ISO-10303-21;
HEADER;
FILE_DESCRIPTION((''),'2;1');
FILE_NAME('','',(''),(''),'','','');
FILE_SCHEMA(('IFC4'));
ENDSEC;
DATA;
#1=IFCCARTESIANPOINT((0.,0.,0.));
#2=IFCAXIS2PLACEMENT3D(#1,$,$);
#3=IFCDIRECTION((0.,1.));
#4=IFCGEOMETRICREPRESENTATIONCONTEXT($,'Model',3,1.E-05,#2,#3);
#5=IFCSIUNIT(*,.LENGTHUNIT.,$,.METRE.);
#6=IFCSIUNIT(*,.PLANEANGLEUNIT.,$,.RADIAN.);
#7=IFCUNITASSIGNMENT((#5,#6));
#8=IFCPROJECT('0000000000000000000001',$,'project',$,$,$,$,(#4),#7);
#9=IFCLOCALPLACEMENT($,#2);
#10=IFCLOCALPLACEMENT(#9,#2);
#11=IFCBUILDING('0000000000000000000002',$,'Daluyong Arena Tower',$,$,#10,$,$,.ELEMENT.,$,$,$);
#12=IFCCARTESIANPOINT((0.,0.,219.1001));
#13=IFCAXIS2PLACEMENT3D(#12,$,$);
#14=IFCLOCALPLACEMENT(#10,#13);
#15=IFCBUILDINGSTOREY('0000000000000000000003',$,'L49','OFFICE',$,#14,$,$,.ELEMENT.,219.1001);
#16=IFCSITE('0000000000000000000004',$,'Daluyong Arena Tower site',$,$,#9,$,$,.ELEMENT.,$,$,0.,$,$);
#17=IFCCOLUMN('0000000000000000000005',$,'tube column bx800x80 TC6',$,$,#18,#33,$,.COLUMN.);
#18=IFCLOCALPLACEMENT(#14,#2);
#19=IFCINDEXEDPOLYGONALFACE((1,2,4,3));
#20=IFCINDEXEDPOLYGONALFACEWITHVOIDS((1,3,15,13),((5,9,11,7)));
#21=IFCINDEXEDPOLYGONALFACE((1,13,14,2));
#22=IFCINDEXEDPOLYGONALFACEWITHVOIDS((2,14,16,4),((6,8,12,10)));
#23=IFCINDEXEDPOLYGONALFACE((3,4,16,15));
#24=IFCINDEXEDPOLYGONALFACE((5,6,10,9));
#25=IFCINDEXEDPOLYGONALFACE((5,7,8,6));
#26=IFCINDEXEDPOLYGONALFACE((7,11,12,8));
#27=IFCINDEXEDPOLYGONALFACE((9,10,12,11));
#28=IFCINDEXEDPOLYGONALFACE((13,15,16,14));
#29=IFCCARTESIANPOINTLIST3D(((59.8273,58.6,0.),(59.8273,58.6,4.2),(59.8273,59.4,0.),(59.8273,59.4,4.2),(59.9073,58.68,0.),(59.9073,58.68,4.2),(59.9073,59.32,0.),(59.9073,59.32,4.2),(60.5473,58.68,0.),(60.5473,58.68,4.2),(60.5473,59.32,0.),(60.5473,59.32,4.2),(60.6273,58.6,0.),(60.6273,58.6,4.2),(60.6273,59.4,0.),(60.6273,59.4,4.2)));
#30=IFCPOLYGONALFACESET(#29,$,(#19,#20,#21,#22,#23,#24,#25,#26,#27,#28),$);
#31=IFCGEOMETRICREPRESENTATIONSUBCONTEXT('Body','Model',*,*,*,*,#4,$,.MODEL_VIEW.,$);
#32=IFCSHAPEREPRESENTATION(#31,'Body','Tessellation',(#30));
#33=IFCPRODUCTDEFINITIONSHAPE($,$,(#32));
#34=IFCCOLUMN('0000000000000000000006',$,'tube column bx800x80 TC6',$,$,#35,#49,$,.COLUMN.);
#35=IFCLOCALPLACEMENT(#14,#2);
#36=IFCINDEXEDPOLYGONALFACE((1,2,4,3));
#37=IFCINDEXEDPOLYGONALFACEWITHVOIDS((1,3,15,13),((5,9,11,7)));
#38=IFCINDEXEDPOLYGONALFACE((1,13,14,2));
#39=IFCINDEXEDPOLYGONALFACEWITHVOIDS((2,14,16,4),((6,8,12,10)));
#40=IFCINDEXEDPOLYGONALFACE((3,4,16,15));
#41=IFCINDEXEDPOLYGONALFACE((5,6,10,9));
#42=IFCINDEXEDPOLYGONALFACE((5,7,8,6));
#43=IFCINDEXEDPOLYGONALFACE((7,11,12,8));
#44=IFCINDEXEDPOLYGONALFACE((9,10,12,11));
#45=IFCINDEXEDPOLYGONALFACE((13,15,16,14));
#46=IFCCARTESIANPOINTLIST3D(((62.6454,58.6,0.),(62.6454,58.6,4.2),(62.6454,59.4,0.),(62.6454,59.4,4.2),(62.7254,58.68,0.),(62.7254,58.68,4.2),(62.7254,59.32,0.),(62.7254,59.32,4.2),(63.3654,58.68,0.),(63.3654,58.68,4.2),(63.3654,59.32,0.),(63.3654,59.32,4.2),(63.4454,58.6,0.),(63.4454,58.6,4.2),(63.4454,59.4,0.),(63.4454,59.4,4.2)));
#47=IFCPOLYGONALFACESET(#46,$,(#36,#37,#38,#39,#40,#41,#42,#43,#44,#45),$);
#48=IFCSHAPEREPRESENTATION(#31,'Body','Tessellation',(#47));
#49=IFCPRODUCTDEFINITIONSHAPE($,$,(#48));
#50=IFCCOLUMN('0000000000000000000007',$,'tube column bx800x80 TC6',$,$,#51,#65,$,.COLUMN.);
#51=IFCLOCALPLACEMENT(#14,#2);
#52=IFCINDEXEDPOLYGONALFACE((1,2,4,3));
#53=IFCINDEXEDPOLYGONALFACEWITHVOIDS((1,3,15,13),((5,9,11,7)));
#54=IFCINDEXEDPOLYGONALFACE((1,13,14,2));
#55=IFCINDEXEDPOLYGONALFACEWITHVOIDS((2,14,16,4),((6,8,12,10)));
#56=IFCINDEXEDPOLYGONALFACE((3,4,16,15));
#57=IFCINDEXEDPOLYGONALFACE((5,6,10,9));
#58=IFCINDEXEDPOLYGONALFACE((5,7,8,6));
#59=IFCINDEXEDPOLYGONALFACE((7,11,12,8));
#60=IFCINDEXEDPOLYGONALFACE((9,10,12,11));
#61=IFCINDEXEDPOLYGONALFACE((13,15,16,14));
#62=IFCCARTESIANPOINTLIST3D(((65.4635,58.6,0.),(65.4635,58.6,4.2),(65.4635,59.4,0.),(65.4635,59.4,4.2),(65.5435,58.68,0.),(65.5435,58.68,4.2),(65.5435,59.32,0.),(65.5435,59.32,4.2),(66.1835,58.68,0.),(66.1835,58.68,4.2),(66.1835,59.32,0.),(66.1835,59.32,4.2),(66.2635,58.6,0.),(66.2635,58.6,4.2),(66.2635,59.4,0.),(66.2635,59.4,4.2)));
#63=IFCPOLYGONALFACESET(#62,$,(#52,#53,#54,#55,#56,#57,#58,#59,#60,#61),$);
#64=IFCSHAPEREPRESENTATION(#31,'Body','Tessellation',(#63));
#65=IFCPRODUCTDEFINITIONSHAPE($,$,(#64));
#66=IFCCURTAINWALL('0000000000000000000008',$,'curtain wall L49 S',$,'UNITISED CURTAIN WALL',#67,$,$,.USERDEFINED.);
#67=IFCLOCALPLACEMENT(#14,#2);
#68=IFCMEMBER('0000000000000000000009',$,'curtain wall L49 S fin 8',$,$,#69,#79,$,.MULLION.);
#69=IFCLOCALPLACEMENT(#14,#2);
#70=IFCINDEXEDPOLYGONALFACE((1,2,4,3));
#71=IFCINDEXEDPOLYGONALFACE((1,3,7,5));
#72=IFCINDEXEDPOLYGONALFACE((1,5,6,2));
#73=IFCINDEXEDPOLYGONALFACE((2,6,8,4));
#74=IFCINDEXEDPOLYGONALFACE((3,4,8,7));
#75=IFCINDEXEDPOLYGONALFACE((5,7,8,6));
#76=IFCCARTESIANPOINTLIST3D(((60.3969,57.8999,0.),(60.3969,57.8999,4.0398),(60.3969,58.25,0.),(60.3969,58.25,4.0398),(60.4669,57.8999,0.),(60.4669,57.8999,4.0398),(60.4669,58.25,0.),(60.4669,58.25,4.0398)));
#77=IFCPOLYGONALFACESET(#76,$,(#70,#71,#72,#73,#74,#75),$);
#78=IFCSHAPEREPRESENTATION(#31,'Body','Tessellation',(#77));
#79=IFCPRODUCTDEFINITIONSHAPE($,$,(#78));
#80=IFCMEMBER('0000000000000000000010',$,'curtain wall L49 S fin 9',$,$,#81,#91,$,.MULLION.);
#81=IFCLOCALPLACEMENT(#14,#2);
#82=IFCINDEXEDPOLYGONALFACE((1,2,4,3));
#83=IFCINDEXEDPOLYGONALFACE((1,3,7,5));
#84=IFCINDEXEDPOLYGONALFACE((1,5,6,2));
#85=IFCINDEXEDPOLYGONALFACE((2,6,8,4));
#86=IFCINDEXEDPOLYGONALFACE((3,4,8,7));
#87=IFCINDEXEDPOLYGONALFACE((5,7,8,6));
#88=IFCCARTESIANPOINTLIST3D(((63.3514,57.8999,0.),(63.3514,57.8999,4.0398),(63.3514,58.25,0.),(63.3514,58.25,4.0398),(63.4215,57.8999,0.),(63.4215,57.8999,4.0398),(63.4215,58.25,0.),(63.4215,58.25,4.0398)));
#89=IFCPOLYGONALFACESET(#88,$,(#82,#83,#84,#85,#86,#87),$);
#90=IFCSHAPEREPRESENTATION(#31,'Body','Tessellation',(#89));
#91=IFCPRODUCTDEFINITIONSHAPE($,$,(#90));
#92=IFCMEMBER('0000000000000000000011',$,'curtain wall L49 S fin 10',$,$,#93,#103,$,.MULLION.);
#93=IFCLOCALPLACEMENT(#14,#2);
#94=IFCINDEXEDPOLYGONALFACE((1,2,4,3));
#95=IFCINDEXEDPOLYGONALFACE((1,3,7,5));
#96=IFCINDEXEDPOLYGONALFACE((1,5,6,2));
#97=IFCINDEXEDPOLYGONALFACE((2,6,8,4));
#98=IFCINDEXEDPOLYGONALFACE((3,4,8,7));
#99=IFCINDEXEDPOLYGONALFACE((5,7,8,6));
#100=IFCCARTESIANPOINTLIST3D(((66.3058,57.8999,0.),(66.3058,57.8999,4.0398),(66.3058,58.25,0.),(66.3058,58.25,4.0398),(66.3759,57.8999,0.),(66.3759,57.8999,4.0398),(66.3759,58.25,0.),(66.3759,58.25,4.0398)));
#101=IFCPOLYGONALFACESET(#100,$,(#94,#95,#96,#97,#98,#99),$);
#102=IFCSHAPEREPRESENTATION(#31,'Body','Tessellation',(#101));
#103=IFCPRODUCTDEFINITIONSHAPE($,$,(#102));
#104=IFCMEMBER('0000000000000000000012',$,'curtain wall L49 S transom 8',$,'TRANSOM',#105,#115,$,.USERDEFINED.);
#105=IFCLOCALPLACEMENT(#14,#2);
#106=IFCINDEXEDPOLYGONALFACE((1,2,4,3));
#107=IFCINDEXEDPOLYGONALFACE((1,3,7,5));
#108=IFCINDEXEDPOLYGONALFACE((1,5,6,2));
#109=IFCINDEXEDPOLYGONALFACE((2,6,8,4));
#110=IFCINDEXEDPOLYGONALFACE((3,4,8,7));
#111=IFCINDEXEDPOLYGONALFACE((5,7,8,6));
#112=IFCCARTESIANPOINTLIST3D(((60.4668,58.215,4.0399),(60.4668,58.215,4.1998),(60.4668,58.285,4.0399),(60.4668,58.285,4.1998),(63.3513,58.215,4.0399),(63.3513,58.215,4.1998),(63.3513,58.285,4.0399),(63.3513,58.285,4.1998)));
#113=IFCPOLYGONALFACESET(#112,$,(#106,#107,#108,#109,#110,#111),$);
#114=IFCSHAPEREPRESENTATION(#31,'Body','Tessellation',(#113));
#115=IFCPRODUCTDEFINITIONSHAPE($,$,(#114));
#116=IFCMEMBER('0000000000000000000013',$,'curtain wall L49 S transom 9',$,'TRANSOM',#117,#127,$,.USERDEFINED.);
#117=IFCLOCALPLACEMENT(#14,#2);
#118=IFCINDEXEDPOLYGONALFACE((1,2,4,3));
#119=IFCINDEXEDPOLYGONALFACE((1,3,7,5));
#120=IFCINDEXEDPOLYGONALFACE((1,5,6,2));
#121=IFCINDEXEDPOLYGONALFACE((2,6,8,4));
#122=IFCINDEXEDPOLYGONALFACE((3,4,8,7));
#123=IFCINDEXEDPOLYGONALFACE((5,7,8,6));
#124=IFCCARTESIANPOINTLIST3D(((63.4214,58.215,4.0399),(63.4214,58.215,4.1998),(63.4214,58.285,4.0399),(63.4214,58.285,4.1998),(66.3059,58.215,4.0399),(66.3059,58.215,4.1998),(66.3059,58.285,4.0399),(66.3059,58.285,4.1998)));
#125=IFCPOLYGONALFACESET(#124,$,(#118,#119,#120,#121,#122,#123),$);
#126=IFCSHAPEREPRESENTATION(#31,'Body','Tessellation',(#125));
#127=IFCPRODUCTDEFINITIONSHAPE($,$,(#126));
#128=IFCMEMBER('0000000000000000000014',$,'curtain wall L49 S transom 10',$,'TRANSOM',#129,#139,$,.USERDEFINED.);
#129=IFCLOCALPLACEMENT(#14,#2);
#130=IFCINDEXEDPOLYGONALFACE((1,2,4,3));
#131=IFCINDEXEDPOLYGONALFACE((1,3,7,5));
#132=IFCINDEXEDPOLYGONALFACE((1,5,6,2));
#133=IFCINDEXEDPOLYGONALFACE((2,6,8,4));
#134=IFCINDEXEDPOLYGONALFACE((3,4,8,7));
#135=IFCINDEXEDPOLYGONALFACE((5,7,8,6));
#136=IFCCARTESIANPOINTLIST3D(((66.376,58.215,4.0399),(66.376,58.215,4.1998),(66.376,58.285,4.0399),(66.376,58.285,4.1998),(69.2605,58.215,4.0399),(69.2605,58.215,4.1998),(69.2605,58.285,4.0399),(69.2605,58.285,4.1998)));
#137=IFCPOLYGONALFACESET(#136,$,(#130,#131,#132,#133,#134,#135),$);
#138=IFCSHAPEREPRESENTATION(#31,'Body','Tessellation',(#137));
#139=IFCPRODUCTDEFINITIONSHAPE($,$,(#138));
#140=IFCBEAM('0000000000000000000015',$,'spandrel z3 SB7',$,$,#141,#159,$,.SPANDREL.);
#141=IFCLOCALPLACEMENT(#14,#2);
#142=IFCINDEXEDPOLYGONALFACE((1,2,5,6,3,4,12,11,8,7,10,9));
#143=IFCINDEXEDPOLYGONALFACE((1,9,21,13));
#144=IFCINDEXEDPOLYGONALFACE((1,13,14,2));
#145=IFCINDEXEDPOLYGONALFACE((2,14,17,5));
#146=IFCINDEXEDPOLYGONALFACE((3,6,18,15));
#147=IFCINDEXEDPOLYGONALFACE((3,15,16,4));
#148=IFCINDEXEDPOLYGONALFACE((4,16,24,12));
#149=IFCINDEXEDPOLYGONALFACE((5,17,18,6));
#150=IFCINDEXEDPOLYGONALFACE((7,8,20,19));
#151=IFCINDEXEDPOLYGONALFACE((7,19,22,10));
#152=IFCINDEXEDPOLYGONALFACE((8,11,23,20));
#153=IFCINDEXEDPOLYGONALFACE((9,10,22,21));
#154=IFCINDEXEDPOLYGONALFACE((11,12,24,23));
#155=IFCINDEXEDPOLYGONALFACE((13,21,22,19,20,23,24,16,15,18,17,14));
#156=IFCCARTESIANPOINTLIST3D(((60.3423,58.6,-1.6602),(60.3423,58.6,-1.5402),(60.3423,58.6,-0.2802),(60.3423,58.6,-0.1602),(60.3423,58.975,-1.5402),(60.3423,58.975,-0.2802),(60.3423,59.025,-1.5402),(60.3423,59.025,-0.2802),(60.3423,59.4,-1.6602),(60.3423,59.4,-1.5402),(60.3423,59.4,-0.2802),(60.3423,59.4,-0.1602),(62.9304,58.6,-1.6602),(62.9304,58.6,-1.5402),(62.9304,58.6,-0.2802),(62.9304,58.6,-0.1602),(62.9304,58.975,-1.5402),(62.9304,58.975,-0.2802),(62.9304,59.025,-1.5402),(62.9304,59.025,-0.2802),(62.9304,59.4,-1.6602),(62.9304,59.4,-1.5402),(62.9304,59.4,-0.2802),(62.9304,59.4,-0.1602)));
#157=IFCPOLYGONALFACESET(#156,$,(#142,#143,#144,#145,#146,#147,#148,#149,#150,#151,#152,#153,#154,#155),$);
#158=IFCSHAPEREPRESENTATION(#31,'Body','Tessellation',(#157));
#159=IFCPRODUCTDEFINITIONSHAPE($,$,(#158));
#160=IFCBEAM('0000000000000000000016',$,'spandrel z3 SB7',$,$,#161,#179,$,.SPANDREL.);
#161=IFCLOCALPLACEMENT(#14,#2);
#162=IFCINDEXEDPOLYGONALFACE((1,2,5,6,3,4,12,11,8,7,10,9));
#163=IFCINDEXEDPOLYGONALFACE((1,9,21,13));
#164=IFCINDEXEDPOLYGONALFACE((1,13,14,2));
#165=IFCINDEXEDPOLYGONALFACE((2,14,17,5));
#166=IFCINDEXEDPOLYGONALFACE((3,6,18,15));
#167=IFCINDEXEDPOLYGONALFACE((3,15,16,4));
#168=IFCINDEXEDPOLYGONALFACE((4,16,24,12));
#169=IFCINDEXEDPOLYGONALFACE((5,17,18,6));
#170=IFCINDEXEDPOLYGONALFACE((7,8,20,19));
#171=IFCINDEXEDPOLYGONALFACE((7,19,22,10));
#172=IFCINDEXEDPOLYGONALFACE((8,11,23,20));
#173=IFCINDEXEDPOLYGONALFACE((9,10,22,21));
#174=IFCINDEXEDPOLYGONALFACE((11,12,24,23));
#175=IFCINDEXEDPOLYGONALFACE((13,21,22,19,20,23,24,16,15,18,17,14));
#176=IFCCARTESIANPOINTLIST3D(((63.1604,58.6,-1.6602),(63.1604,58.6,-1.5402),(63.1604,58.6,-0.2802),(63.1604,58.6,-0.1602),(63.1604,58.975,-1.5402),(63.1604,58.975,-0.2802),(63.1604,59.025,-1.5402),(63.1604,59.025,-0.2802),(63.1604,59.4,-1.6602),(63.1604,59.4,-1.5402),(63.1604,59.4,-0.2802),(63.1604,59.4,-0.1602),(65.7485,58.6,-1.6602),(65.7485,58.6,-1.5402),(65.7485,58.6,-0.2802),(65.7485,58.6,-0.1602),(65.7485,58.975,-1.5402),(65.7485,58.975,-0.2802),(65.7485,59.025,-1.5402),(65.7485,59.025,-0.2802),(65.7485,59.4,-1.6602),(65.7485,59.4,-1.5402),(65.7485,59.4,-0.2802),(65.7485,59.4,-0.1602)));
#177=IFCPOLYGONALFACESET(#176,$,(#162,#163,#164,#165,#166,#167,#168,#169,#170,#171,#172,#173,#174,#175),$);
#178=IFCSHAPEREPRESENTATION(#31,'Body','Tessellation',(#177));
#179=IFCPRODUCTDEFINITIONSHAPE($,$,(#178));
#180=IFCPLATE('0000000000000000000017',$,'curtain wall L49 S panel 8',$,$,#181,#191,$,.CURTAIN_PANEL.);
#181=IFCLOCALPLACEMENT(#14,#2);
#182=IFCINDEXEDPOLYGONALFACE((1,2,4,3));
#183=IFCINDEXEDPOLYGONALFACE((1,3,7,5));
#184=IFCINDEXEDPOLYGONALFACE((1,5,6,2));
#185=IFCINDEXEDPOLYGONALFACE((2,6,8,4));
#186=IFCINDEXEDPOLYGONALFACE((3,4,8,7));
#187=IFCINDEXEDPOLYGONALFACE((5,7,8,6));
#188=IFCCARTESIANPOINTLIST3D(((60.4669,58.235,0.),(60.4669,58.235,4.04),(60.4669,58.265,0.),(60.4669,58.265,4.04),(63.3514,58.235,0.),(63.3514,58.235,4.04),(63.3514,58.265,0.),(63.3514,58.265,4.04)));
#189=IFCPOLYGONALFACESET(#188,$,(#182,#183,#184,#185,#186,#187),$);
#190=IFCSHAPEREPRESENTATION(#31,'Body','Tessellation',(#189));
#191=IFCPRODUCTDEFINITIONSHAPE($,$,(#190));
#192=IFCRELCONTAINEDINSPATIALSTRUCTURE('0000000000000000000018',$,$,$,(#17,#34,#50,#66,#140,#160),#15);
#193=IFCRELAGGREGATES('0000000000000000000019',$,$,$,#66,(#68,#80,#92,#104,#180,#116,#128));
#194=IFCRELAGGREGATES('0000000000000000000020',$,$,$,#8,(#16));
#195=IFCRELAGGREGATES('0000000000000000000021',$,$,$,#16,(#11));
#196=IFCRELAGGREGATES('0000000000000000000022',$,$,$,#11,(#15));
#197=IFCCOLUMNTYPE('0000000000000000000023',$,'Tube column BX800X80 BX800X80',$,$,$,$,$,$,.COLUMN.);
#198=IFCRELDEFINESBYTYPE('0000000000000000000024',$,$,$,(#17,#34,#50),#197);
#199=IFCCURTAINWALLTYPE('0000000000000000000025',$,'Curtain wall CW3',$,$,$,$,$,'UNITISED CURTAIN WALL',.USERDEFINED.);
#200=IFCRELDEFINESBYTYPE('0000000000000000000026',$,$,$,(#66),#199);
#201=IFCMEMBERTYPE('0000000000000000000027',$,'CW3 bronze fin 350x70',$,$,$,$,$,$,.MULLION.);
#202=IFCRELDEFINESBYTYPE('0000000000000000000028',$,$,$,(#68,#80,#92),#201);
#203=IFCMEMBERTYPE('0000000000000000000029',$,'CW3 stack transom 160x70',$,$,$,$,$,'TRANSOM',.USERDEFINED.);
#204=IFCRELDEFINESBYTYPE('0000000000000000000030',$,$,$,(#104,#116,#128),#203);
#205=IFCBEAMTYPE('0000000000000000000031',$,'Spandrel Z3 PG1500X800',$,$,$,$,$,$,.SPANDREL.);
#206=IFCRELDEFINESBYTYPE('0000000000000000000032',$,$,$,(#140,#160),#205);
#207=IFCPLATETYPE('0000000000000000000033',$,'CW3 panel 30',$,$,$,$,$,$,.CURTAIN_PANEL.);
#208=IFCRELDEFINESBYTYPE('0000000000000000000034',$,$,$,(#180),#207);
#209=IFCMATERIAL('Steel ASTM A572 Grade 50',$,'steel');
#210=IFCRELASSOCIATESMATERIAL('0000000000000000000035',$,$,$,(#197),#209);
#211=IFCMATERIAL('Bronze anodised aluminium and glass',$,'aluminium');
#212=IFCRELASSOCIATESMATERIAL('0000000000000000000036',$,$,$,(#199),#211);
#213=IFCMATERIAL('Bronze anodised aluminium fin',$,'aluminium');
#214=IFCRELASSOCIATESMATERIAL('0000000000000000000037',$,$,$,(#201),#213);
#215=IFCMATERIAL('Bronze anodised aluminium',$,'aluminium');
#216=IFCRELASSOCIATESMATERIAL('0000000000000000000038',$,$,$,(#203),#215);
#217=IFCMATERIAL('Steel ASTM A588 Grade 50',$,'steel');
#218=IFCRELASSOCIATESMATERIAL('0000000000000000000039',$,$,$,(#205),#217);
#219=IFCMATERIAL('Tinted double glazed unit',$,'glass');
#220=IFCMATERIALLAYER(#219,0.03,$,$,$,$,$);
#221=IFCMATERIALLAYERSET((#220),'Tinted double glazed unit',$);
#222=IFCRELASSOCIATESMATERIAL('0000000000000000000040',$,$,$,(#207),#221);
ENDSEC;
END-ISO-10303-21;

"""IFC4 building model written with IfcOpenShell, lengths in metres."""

from ifc_helpers import new_model, si_unit, direction, frame, origin, origin_2d, place, context, subcontext, project, spatial, rectangle, hollow_rectangle, i_section, extrude, material, layer, layer_set, material_profile, profile_set, type_object, element, aggregate, save


model = new_model("IFC4")

# Units and contexts
model_context = context("Model", 3, precision=1e-05, world=origin(), true_north=direction((0.0, 1.0)))
body_context = subcontext(model_context, "Body", "Model", "MODEL_VIEW")
ifc_project = project(units=[si_unit("LENGTHUNIT", "METRE"), si_unit("PLANEANGLEUNIT", "RADIAN")], contexts=[model_context])

# Site, building, storey
site_placement = place(None, origin())
site = spatial("IfcSite", under=ifc_project, at=site_placement, Name="Daluyong Arena Tower site", CompositionType="ELEMENT", RefElevation=0.0)
building_placement = place(site_placement, origin())
building = spatial("IfcBuilding", under=site, at=building_placement, Name="Daluyong Arena Tower", CompositionType="ELEMENT")
storey_placement = place(building_placement, frame((0.0, 0.0, 219.1001)))
storey = spatial("IfcBuildingStorey", under=building, at=storey_placement, Name="L49", Description="OFFICE", CompositionType="ELEMENT", Elevation=219.1001)

# Columns
ifc_material_1 = material(Name="Steel ASTM A572 Grade 50", Category="steel")
ifc_material_profile_1 = material_profile(ifc_material_1, hollow_rectangle(XDim=0.8, YDim=0.8, WallThickness=0.08, at=origin_2d()))
ifc_profile_set_1 = profile_set([ifc_material_profile_1], Name="Steel ASTM A572 Grade 50")
column_type = type_object("IfcColumnType", Name="Tube column BX800X80 BX800X80", PredefinedType="COLUMN", material=ifc_profile_set_1)
for number, where, z_axis, x_axis, name in (
    (1, (60.2273, 59.0, 0.0), (0.0, 0.0, 1.0), (1.0, 0.0, 0.0), "tube column bx800x80 TC6"),
    (2, (63.0454, 59.0, 0.0), (0.0, 0.0, 1.0), (1.0, 0.0, 0.0), "tube column bx800x80 TC6"),
    (3, (65.8635, 59.0, 0.0), (0.0, 0.0, 1.0), (1.0, 0.0, 0.0), "tube column bx800x80 TC6"),
):
    element("IfcColumn", number, at=place(storey_placement, frame(where, z_axis=z_axis, x_axis=x_axis)), inside=storey, type_object=column_type, Name=name, PredefinedType="COLUMN", context=body_context, shape_type="SweptSolid", body=[
        extrude(hollow_rectangle(XDim=0.8, YDim=0.8, WallThickness=0.08, at=origin_2d()), origin(), (0.0, 0.0, 1.0), 4.2),
    ])

# Curtain wall, members
ifc_material_2 = material(Name="Bronze anodised aluminium and glass", Category="aluminium")
curtain_wall_type = type_object("IfcCurtainWallType", Name="Curtain wall CW3", ElementType="UNITISED CURTAIN WALL", PredefinedType="USERDEFINED", material=ifc_material_2)
curtain_wall_placement = place(storey_placement, origin())
curtain_wall = element("IfcCurtainWall", 4, at=curtain_wall_placement, inside=storey, type_object=curtain_wall_type, Name="curtain wall L49 S", ObjectType="UNITISED CURTAIN WALL", PredefinedType="USERDEFINED")
ifc_material_3 = material(Name="Bronze anodised aluminium fin", Category="aluminium")
ifc_material_profile_2 = material_profile(ifc_material_3, rectangle(XDim=0.3501, YDim=0.0701, at=origin_2d()))
ifc_profile_set_2 = profile_set([ifc_material_profile_2], Name="Bronze anodised aluminium fin")
member_type_1 = type_object("IfcMemberType", Name="CW3 bronze fin 350x70", PredefinedType="MULLION", material=ifc_profile_set_2)
member_1_placement = place(storey_placement, frame((60.4319, 58.075, 0.0), z_axis=(0.0, 0.0, 1.0), x_axis=(0.0, 1.0, 0.0)))
member_1 = element("IfcMember", 5, at=member_1_placement, type_object=member_type_1, Name="curtain wall L49 S fin 8", PredefinedType="MULLION", context=body_context, shape_type="SweptSolid", body=[
    extrude(rectangle(XDim=0.3501, YDim=0.0701, at=origin_2d()), origin(), (0.0, 0.0, 1.0), 4.0398),
])
member_2_placement = place(storey_placement, frame((63.3865, 58.075, 0.0), z_axis=(0.0, 0.0, 1.0), x_axis=(0.0, 1.0, 0.0)))
member_2 = element("IfcMember", 6, at=member_2_placement, type_object=member_type_1, Name="curtain wall L49 S fin 9", PredefinedType="MULLION", context=body_context, shape_type="SweptSolid", body=[
    extrude(rectangle(XDim=0.3501, YDim=0.0701, at=origin_2d()), origin(), (0.0, 0.0, 1.0), 4.0398),
])
member_3_placement = place(storey_placement, frame((66.3408, 58.075, 0.0), z_axis=(0.0, 0.0, 1.0), x_axis=(0.0, 1.0, 0.0)))
member_3 = element("IfcMember", 7, at=member_3_placement, type_object=member_type_1, Name="curtain wall L49 S fin 10", PredefinedType="MULLION", context=body_context, shape_type="SweptSolid", body=[
    extrude(rectangle(XDim=0.3501, YDim=0.0701, at=origin_2d()), origin(), (0.0, 0.0, 1.0), 4.0398),
])
ifc_material_4 = material(Name="Bronze anodised aluminium", Category="aluminium")
ifc_material_profile_3 = material_profile(ifc_material_4, rectangle(XDim=0.0701, YDim=0.1599, at=origin_2d()))
ifc_profile_set_3 = profile_set([ifc_material_profile_3], Name="Bronze anodised aluminium")
member_type_2 = type_object("IfcMemberType", Name="CW3 stack transom 160x70", ElementType="TRANSOM", PredefinedType="USERDEFINED", material=ifc_profile_set_3)
member_4_placement = place(storey_placement, frame((60.4668, 58.25, 4.1199), z_axis=(1.0, 0.0, 0.0), x_axis=(0.0, 1.0, 0.0)))
member_4 = element("IfcMember", 8, at=member_4_placement, type_object=member_type_2, Name="curtain wall L49 S transom 8", ObjectType="TRANSOM", PredefinedType="USERDEFINED", context=body_context, shape_type="SweptSolid", body=[
    extrude(rectangle(XDim=0.0701, YDim=0.1599, at=origin_2d()), origin(), (0.0, 0.0, 1.0), 2.8845),
])
member_5_placement = place(storey_placement, frame((63.4214, 58.25, 4.1199), z_axis=(1.0, 0.0, 0.0), x_axis=(0.0, 1.0, 0.0)))
member_5 = element("IfcMember", 9, at=member_5_placement, type_object=member_type_2, Name="curtain wall L49 S transom 9", ObjectType="TRANSOM", PredefinedType="USERDEFINED", context=body_context, shape_type="SweptSolid", body=[
    extrude(rectangle(XDim=0.0701, YDim=0.1599, at=origin_2d()), origin(), (0.0, 0.0, 1.0), 2.8845),
])
member_6_placement = place(storey_placement, frame((66.376, 58.25, 4.1199), z_axis=(1.0, 0.0, 0.0), x_axis=(0.0, 1.0, 0.0)))
member_6 = element("IfcMember", 10, at=member_6_placement, type_object=member_type_2, Name="curtain wall L49 S transom 10", ObjectType="TRANSOM", PredefinedType="USERDEFINED", context=body_context, shape_type="SweptSolid", body=[
    extrude(rectangle(XDim=0.0701, YDim=0.1599, at=origin_2d()), origin(), (0.0, 0.0, 1.0), 2.8845),
])

# Beams
ifc_material_5 = material(Name="Steel ASTM A588 Grade 50", Category="steel")
ifc_material_profile_4 = material_profile(ifc_material_5, i_section(OverallWidth=0.8, OverallDepth=1.5, WebThickness=0.05, FlangeThickness=0.12, at=origin_2d()))
ifc_profile_set_4 = profile_set([ifc_material_profile_4], Name="Steel ASTM A588 Grade 50")
beam_type = type_object("IfcBeamType", Name="Spandrel Z3 PG1500X800", PredefinedType="SPANDREL", material=ifc_profile_set_4)
for number, where, z_axis, x_axis, name in (
    (11, (60.3423, 59.0, -0.9102), (1.0, 0.0, 0.0), (0.0, 1.0, 0.0), "spandrel z3 SB7"),
    (12, (63.1604, 59.0, -0.9102), (1.0, 0.0, 0.0), (0.0, 1.0, 0.0), "spandrel z3 SB7"),
):
    element("IfcBeam", number, at=place(storey_placement, frame(where, z_axis=z_axis, x_axis=x_axis)), inside=storey, type_object=beam_type, Name=name, PredefinedType="SPANDREL", context=body_context, shape_type="SweptSolid", body=[
        extrude(i_section(OverallWidth=0.8, OverallDepth=1.5, WebThickness=0.05, FlangeThickness=0.12, at=origin_2d()), origin(), (0.0, 0.0, 1.0), 2.5881),
    ])

# Plate
ifc_material_6 = material(Name="Tinted double glazed unit", Category="glass")
ifc_layer = layer(ifc_material_6, 0.03)
ifc_layer_set = layer_set([ifc_layer], Name="Tinted double glazed unit")
plate_type = type_object("IfcPlateType", Name="CW3 panel 30", PredefinedType="CURTAIN_PANEL", material=ifc_layer_set)
plate_1_placement = place(storey_placement, frame((61.9092, 58.25, 0.0), z_axis=(0.0, 0.0, 1.0), x_axis=(1.0, 0.0, 0.0)))
plate_1 = element("IfcPlate", 13, at=plate_1_placement, type_object=plate_type, Name="curtain wall L49 S panel 8", PredefinedType="CURTAIN_PANEL", context=body_context, shape_type="SweptSolid", body=[
    extrude(rectangle(XDim=2.8845, YDim=0.03, at=origin_2d()), origin(), (0.0, 0.0, 1.0), 4.04),
])
aggregate(curtain_wall, [member_1, member_2, member_3, member_4, plate_1, member_5, member_6])

save(model, "model.ifc")
